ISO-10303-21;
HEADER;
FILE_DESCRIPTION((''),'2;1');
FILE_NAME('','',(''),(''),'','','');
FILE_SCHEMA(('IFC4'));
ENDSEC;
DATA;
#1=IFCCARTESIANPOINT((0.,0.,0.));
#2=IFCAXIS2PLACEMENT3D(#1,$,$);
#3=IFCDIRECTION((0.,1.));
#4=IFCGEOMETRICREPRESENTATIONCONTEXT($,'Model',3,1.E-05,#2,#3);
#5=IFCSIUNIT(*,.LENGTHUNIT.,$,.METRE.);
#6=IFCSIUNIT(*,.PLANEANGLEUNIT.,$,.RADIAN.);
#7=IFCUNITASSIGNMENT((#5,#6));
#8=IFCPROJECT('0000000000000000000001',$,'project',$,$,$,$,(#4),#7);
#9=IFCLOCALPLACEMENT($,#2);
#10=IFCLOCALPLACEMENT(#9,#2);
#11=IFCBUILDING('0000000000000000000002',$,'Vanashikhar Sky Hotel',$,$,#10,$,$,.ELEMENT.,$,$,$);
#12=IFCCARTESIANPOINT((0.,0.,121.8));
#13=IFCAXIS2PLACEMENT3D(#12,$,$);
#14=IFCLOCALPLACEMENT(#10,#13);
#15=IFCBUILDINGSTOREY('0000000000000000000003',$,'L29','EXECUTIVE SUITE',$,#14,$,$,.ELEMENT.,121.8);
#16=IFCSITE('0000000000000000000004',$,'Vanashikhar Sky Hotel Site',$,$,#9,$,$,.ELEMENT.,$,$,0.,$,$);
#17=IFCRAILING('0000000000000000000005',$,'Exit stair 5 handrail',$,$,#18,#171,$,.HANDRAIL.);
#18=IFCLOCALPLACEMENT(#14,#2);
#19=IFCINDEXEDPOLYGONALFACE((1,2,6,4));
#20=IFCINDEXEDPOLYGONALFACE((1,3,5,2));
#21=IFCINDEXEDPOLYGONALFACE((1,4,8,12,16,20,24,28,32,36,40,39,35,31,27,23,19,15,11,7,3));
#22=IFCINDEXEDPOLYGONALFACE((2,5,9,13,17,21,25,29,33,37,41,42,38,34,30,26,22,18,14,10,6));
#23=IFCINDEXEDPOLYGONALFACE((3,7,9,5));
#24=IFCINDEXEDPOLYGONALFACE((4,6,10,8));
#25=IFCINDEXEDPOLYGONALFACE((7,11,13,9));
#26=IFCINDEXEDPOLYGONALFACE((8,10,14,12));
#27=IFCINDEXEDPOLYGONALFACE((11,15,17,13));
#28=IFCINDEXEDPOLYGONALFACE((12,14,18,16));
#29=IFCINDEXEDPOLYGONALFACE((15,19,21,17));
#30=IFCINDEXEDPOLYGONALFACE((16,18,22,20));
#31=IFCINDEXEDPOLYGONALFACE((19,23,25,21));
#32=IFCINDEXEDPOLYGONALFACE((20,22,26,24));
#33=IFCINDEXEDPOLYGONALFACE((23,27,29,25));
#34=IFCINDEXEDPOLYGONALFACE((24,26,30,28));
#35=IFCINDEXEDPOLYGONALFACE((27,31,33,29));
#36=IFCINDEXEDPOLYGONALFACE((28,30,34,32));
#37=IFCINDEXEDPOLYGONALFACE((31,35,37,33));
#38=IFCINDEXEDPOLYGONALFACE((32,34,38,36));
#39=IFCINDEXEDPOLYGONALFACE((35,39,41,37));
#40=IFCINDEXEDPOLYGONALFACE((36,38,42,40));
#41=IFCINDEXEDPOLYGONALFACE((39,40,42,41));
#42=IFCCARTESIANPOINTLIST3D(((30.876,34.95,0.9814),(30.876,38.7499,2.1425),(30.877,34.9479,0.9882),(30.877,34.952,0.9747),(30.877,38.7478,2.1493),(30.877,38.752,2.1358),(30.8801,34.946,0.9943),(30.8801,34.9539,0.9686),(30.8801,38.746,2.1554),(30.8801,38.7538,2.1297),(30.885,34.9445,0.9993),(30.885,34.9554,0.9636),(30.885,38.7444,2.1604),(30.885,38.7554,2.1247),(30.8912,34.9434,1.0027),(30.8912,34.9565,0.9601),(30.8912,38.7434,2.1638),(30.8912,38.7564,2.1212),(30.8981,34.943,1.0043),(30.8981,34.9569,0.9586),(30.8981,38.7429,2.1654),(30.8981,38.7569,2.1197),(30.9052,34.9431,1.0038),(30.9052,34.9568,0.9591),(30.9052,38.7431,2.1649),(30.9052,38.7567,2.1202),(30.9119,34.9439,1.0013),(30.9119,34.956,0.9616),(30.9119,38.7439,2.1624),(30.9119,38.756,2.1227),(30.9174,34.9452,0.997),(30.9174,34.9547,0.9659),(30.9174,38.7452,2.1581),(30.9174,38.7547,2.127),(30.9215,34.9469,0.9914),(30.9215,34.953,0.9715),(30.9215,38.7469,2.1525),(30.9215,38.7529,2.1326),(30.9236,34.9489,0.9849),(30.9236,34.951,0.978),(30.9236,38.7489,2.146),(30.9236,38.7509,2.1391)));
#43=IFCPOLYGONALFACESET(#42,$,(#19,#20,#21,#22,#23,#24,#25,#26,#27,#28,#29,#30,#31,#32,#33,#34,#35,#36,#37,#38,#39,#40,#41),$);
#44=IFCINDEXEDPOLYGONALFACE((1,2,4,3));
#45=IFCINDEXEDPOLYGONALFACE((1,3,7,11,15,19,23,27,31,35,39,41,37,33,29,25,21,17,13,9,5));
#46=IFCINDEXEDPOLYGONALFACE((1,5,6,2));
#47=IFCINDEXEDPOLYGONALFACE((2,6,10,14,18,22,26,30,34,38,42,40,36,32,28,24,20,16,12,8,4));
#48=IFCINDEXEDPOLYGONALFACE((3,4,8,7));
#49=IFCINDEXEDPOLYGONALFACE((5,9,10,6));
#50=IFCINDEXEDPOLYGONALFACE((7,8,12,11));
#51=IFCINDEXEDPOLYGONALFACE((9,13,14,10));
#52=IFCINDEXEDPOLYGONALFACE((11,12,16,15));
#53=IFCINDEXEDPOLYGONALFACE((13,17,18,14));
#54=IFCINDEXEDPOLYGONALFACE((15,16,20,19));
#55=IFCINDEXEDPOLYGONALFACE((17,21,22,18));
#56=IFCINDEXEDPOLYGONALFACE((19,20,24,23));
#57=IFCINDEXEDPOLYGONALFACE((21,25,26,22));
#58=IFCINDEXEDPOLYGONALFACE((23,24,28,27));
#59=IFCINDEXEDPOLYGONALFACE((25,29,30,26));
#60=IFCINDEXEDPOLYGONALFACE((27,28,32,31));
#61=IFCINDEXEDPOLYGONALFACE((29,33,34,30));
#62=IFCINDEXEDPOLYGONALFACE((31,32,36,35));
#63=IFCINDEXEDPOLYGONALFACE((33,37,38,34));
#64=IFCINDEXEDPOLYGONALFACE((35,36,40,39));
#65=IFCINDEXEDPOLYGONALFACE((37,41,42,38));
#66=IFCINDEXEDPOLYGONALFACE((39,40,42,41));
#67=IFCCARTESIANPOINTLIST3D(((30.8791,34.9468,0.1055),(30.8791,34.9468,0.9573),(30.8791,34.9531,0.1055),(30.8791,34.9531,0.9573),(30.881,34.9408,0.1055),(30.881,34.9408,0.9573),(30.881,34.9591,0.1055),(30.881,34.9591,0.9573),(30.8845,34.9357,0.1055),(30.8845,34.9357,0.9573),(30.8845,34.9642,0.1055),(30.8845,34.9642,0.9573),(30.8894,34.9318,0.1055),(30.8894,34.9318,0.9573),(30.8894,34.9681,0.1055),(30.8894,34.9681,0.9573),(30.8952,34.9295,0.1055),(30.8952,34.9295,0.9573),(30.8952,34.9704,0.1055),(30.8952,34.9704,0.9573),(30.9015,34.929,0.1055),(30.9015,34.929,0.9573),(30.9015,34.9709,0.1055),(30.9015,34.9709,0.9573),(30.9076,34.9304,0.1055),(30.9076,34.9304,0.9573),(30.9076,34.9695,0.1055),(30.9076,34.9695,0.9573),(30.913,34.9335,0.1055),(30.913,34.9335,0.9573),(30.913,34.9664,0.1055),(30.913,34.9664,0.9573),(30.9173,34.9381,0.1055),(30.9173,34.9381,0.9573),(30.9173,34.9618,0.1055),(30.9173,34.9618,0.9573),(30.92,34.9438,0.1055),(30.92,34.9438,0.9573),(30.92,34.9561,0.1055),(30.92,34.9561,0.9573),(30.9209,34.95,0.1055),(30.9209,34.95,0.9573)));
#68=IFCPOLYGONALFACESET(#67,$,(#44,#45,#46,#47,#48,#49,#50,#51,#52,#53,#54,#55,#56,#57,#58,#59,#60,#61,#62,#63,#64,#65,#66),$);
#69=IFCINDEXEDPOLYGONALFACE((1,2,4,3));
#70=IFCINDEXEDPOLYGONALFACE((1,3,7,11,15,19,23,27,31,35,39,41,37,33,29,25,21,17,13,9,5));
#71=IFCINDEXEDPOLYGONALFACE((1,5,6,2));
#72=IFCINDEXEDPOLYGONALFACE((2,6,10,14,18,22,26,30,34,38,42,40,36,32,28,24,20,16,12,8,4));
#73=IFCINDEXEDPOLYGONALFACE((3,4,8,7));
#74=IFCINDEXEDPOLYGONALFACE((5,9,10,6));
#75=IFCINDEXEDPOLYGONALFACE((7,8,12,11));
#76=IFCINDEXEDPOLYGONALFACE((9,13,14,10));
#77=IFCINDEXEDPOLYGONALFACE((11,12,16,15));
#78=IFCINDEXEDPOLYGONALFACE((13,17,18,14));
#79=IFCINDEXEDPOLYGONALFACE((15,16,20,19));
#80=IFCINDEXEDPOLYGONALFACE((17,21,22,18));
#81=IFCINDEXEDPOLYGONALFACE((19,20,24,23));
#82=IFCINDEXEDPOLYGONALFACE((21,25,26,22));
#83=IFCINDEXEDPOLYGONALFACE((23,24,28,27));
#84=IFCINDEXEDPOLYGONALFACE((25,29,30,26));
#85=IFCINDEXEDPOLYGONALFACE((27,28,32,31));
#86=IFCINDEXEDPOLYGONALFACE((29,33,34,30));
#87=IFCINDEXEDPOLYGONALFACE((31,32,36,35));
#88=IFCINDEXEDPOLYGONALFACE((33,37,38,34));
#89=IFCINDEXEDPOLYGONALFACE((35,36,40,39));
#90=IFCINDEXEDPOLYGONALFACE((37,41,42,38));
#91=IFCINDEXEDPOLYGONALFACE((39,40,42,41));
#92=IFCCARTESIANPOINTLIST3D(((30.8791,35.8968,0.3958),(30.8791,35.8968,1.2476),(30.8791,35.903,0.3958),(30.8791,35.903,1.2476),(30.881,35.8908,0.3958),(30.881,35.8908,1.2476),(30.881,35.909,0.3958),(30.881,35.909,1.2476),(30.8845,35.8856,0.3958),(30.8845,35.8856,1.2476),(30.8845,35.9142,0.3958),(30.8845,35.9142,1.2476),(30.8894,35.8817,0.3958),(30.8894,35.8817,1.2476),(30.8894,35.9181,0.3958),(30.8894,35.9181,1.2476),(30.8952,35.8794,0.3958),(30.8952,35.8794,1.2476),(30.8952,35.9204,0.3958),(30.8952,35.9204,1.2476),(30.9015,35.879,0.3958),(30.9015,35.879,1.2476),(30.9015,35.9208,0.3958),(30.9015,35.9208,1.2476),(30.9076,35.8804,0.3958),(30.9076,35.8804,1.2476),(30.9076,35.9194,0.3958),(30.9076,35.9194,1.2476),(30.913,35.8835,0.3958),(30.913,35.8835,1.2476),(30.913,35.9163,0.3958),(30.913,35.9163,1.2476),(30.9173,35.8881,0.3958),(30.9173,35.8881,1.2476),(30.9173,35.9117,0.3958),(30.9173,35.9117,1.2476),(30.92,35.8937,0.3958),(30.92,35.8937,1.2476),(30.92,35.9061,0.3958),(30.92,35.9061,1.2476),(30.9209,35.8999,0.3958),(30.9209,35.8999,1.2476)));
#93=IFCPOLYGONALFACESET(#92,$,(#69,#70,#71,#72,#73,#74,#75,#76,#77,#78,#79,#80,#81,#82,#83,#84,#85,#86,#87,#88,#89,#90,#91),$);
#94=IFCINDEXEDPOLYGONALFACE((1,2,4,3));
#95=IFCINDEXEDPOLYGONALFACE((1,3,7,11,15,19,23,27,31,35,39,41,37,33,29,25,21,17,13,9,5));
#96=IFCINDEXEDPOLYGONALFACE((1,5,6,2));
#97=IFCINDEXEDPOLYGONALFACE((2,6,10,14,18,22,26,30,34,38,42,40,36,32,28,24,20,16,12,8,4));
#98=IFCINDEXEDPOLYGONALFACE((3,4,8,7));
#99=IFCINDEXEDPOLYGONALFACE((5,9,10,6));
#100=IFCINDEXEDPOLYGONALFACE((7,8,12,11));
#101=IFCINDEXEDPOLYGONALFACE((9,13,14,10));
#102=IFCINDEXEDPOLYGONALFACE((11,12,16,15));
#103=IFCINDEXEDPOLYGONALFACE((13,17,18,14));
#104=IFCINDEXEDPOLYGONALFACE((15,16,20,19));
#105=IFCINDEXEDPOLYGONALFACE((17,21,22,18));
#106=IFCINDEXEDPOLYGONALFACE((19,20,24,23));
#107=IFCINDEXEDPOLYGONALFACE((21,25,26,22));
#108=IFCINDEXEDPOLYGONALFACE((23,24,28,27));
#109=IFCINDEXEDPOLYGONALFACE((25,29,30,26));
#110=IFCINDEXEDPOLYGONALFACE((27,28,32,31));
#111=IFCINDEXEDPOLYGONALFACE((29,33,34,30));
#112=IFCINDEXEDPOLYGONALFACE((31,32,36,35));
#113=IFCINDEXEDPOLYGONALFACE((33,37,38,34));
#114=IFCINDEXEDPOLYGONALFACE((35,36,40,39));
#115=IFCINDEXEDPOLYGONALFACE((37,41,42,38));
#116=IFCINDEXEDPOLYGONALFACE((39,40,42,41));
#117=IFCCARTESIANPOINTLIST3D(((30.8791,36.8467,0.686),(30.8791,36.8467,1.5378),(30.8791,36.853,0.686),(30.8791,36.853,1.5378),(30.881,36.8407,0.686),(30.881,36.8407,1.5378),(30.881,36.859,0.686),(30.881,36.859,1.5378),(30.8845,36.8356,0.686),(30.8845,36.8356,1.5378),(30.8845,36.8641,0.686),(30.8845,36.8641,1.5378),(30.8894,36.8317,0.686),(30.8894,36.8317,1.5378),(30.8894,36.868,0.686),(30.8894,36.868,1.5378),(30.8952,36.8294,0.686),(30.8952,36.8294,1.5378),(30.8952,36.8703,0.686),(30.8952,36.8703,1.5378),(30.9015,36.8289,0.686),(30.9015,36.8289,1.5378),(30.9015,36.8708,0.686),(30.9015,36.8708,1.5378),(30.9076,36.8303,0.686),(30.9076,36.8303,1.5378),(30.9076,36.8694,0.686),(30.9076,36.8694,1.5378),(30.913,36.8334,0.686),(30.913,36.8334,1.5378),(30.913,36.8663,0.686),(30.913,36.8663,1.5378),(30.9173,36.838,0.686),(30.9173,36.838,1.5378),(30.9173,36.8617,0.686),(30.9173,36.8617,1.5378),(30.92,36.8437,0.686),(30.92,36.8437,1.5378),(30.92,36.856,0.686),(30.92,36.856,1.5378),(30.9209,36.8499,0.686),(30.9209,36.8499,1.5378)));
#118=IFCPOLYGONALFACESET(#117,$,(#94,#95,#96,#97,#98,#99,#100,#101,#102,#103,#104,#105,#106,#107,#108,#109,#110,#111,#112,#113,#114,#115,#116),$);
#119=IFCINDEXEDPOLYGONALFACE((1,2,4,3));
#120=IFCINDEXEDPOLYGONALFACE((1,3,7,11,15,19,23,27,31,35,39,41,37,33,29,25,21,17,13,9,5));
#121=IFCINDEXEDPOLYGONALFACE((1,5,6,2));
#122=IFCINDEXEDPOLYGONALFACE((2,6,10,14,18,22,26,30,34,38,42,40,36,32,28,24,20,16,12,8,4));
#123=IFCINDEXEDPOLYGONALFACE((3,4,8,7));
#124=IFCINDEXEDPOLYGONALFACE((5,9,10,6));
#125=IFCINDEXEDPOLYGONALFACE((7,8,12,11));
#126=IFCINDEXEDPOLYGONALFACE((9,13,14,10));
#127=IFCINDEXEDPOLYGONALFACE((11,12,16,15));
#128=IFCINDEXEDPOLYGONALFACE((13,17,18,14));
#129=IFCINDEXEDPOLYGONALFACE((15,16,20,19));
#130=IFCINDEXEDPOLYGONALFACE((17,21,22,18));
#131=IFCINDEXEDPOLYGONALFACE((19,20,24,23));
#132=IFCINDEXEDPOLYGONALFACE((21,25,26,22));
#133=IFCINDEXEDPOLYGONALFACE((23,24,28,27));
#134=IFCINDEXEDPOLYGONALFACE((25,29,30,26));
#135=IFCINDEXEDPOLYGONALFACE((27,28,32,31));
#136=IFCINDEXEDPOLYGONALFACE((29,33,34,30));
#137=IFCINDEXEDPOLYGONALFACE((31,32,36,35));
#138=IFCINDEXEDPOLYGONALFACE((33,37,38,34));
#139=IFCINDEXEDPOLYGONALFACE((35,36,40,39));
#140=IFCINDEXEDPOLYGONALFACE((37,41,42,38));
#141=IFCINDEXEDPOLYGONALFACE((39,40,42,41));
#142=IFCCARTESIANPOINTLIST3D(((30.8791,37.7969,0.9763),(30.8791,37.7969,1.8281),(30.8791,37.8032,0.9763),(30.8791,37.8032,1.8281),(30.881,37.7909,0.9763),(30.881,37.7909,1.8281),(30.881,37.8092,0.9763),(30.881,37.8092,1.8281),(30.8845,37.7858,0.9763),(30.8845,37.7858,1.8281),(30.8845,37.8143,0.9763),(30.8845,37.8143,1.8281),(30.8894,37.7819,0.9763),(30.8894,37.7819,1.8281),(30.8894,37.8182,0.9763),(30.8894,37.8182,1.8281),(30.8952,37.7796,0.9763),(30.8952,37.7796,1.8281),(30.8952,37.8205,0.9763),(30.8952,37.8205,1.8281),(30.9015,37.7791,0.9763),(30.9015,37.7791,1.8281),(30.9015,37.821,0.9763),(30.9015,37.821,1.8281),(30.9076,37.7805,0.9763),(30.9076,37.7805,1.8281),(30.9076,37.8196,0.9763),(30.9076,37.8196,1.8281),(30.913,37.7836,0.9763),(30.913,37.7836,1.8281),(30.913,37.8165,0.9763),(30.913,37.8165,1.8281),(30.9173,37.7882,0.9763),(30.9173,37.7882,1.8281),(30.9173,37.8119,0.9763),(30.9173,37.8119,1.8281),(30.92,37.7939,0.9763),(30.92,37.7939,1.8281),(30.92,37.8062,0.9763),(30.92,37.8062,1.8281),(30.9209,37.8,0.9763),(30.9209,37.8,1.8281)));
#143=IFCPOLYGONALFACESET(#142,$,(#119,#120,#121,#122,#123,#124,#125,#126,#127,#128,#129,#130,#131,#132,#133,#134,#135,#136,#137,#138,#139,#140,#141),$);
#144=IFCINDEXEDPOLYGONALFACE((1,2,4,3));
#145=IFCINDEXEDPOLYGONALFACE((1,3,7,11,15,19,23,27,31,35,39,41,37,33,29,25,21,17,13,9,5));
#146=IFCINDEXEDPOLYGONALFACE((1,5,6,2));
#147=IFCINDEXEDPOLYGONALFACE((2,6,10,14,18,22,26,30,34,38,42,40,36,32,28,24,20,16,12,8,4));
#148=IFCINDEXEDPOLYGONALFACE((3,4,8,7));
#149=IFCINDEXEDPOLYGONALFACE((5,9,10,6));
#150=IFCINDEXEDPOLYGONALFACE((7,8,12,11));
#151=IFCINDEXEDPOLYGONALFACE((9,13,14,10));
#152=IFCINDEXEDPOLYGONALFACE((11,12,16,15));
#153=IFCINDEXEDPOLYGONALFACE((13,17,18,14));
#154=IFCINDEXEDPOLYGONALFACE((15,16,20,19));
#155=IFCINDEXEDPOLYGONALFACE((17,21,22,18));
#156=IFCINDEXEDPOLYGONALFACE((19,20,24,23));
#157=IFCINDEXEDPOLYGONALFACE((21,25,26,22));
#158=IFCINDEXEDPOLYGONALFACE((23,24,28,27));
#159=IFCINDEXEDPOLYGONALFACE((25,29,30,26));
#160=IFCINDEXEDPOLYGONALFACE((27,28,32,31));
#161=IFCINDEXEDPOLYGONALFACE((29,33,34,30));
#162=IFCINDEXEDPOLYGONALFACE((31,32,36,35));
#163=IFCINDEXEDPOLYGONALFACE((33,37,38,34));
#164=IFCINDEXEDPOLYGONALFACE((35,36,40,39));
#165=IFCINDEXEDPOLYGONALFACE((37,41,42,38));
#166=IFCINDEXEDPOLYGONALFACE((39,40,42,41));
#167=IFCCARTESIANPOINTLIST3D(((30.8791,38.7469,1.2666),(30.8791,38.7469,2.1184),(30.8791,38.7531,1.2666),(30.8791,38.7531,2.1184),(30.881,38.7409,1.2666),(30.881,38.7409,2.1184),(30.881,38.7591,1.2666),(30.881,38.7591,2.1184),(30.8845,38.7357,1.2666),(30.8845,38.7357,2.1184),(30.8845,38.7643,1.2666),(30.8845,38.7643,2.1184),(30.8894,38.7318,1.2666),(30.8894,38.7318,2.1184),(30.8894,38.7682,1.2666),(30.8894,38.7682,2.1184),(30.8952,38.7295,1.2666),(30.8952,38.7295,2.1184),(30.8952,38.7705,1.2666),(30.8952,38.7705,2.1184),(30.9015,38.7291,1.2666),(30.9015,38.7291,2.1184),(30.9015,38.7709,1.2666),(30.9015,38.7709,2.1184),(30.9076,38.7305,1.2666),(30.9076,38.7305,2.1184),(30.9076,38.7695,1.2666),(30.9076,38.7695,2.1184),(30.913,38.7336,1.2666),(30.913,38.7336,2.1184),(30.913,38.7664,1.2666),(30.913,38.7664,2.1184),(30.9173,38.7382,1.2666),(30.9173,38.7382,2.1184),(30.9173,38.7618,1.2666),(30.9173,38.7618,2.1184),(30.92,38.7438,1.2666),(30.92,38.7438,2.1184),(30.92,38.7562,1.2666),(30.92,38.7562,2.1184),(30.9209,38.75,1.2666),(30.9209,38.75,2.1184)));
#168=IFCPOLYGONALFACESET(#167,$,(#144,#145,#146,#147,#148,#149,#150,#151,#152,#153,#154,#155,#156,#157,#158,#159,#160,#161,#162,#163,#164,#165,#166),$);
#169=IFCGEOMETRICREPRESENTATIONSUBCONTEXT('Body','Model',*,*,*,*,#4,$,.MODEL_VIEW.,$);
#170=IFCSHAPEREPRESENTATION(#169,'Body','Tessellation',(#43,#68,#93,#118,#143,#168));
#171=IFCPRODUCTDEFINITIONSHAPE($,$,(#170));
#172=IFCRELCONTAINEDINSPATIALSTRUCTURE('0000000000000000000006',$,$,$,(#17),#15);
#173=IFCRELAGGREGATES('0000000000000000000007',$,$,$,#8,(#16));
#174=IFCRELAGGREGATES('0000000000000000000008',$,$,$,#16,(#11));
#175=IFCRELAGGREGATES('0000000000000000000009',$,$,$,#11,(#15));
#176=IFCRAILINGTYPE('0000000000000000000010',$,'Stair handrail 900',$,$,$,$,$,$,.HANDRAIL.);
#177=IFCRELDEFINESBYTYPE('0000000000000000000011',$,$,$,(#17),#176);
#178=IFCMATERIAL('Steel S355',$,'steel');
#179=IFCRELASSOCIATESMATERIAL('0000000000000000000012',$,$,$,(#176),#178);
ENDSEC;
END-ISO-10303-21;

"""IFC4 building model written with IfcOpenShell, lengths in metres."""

from ifc_helpers import new_model, si_unit, direction, frame, origin, origin_2d, place, context, subcontext, project, spatial, circle, extrude, source, transform, mapped, material, type_object, element, save


model = new_model("IFC4")

# Units and contexts
model_context = context("Model", 3, precision=1e-05, world=origin(), true_north=direction((0.0, 1.0)))
body_context = subcontext(model_context, "Body", "Model", "MODEL_VIEW")
ifc_project = project(units=[si_unit("LENGTHUNIT", "METRE"), si_unit("PLANEANGLEUNIT", "RADIAN")], contexts=[model_context])

# Site, building, storey
site_placement = place(None, origin())
site = spatial("IfcSite", under=ifc_project, at=site_placement, Name="Vanashikhar Sky Hotel Site", CompositionType="ELEMENT", RefElevation=0.0)
building_placement = place(site_placement, origin())
building = spatial("IfcBuilding", under=site, at=building_placement, Name="Vanashikhar Sky Hotel", CompositionType="ELEMENT")
storey_placement = place(building_placement, frame((0.0, 0.0, 121.8)))
storey = spatial("IfcBuildingStorey", under=building, at=storey_placement, Name="L29", Description="EXECUTIVE SUITE", CompositionType="ELEMENT", Elevation=121.8)

# Railing
ifc_material_1 = material(Name="Steel S355", Category="steel")
railing_type_1 = type_object("IfcRailingType", Name="Stair handrail 900", PredefinedType="HANDRAIL", material=ifc_material_1)
shared_shape_1 = source(origin(), body_context, "Body", "SweptSolid", [
    extrude(circle(Radius=0.0239, at=origin_2d()), frame((0.0, 0.0, 0.876), z_axis=(0.0, 0.956351, 0.29222), x_axis=(-1.0, 0.0, 0.0)), (0.0, 0.0, 1.0), 3.9734),
    extrude(circle(Radius=0.021, at=origin_2d()), origin(), (0.0, 0.0, 1.0), 0.8518),
    extrude(circle(Radius=0.021, at=origin_2d()), frame((0.0, 0.95, 0.2903)), (0.0, 0.0, 1.0), 0.8518),
    extrude(circle(Radius=0.021, at=origin_2d()), frame((0.0, 1.8999, 0.5806)), (0.0, 0.0, 1.0), 0.8518),
    extrude(circle(Radius=0.021, at=origin_2d()), frame((0.0, 2.8501, 0.8708)), (0.0, 0.0, 1.0), 0.8518),
    extrude(circle(Radius=0.021, at=origin_2d()), frame((0.0, 3.8, 1.1611)), (0.0, 0.0, 1.0), 0.8518),
])
for number, where, name in (
    (1, (30.8999, 34.95, 0.1055), "Exit stair 5 handrail"),
):
    element("IfcRailing", number, at=place(storey_placement, frame(where)), inside=storey, type_object=railing_type_1, Name=name, PredefinedType="HANDRAIL", context=body_context, shape_type="MappedRepresentation", body=[
        mapped(shared_shape_1, transform((0.0, 0.0, 0.0), scale=1.0)),
    ])

save(model, "model.ifc")
